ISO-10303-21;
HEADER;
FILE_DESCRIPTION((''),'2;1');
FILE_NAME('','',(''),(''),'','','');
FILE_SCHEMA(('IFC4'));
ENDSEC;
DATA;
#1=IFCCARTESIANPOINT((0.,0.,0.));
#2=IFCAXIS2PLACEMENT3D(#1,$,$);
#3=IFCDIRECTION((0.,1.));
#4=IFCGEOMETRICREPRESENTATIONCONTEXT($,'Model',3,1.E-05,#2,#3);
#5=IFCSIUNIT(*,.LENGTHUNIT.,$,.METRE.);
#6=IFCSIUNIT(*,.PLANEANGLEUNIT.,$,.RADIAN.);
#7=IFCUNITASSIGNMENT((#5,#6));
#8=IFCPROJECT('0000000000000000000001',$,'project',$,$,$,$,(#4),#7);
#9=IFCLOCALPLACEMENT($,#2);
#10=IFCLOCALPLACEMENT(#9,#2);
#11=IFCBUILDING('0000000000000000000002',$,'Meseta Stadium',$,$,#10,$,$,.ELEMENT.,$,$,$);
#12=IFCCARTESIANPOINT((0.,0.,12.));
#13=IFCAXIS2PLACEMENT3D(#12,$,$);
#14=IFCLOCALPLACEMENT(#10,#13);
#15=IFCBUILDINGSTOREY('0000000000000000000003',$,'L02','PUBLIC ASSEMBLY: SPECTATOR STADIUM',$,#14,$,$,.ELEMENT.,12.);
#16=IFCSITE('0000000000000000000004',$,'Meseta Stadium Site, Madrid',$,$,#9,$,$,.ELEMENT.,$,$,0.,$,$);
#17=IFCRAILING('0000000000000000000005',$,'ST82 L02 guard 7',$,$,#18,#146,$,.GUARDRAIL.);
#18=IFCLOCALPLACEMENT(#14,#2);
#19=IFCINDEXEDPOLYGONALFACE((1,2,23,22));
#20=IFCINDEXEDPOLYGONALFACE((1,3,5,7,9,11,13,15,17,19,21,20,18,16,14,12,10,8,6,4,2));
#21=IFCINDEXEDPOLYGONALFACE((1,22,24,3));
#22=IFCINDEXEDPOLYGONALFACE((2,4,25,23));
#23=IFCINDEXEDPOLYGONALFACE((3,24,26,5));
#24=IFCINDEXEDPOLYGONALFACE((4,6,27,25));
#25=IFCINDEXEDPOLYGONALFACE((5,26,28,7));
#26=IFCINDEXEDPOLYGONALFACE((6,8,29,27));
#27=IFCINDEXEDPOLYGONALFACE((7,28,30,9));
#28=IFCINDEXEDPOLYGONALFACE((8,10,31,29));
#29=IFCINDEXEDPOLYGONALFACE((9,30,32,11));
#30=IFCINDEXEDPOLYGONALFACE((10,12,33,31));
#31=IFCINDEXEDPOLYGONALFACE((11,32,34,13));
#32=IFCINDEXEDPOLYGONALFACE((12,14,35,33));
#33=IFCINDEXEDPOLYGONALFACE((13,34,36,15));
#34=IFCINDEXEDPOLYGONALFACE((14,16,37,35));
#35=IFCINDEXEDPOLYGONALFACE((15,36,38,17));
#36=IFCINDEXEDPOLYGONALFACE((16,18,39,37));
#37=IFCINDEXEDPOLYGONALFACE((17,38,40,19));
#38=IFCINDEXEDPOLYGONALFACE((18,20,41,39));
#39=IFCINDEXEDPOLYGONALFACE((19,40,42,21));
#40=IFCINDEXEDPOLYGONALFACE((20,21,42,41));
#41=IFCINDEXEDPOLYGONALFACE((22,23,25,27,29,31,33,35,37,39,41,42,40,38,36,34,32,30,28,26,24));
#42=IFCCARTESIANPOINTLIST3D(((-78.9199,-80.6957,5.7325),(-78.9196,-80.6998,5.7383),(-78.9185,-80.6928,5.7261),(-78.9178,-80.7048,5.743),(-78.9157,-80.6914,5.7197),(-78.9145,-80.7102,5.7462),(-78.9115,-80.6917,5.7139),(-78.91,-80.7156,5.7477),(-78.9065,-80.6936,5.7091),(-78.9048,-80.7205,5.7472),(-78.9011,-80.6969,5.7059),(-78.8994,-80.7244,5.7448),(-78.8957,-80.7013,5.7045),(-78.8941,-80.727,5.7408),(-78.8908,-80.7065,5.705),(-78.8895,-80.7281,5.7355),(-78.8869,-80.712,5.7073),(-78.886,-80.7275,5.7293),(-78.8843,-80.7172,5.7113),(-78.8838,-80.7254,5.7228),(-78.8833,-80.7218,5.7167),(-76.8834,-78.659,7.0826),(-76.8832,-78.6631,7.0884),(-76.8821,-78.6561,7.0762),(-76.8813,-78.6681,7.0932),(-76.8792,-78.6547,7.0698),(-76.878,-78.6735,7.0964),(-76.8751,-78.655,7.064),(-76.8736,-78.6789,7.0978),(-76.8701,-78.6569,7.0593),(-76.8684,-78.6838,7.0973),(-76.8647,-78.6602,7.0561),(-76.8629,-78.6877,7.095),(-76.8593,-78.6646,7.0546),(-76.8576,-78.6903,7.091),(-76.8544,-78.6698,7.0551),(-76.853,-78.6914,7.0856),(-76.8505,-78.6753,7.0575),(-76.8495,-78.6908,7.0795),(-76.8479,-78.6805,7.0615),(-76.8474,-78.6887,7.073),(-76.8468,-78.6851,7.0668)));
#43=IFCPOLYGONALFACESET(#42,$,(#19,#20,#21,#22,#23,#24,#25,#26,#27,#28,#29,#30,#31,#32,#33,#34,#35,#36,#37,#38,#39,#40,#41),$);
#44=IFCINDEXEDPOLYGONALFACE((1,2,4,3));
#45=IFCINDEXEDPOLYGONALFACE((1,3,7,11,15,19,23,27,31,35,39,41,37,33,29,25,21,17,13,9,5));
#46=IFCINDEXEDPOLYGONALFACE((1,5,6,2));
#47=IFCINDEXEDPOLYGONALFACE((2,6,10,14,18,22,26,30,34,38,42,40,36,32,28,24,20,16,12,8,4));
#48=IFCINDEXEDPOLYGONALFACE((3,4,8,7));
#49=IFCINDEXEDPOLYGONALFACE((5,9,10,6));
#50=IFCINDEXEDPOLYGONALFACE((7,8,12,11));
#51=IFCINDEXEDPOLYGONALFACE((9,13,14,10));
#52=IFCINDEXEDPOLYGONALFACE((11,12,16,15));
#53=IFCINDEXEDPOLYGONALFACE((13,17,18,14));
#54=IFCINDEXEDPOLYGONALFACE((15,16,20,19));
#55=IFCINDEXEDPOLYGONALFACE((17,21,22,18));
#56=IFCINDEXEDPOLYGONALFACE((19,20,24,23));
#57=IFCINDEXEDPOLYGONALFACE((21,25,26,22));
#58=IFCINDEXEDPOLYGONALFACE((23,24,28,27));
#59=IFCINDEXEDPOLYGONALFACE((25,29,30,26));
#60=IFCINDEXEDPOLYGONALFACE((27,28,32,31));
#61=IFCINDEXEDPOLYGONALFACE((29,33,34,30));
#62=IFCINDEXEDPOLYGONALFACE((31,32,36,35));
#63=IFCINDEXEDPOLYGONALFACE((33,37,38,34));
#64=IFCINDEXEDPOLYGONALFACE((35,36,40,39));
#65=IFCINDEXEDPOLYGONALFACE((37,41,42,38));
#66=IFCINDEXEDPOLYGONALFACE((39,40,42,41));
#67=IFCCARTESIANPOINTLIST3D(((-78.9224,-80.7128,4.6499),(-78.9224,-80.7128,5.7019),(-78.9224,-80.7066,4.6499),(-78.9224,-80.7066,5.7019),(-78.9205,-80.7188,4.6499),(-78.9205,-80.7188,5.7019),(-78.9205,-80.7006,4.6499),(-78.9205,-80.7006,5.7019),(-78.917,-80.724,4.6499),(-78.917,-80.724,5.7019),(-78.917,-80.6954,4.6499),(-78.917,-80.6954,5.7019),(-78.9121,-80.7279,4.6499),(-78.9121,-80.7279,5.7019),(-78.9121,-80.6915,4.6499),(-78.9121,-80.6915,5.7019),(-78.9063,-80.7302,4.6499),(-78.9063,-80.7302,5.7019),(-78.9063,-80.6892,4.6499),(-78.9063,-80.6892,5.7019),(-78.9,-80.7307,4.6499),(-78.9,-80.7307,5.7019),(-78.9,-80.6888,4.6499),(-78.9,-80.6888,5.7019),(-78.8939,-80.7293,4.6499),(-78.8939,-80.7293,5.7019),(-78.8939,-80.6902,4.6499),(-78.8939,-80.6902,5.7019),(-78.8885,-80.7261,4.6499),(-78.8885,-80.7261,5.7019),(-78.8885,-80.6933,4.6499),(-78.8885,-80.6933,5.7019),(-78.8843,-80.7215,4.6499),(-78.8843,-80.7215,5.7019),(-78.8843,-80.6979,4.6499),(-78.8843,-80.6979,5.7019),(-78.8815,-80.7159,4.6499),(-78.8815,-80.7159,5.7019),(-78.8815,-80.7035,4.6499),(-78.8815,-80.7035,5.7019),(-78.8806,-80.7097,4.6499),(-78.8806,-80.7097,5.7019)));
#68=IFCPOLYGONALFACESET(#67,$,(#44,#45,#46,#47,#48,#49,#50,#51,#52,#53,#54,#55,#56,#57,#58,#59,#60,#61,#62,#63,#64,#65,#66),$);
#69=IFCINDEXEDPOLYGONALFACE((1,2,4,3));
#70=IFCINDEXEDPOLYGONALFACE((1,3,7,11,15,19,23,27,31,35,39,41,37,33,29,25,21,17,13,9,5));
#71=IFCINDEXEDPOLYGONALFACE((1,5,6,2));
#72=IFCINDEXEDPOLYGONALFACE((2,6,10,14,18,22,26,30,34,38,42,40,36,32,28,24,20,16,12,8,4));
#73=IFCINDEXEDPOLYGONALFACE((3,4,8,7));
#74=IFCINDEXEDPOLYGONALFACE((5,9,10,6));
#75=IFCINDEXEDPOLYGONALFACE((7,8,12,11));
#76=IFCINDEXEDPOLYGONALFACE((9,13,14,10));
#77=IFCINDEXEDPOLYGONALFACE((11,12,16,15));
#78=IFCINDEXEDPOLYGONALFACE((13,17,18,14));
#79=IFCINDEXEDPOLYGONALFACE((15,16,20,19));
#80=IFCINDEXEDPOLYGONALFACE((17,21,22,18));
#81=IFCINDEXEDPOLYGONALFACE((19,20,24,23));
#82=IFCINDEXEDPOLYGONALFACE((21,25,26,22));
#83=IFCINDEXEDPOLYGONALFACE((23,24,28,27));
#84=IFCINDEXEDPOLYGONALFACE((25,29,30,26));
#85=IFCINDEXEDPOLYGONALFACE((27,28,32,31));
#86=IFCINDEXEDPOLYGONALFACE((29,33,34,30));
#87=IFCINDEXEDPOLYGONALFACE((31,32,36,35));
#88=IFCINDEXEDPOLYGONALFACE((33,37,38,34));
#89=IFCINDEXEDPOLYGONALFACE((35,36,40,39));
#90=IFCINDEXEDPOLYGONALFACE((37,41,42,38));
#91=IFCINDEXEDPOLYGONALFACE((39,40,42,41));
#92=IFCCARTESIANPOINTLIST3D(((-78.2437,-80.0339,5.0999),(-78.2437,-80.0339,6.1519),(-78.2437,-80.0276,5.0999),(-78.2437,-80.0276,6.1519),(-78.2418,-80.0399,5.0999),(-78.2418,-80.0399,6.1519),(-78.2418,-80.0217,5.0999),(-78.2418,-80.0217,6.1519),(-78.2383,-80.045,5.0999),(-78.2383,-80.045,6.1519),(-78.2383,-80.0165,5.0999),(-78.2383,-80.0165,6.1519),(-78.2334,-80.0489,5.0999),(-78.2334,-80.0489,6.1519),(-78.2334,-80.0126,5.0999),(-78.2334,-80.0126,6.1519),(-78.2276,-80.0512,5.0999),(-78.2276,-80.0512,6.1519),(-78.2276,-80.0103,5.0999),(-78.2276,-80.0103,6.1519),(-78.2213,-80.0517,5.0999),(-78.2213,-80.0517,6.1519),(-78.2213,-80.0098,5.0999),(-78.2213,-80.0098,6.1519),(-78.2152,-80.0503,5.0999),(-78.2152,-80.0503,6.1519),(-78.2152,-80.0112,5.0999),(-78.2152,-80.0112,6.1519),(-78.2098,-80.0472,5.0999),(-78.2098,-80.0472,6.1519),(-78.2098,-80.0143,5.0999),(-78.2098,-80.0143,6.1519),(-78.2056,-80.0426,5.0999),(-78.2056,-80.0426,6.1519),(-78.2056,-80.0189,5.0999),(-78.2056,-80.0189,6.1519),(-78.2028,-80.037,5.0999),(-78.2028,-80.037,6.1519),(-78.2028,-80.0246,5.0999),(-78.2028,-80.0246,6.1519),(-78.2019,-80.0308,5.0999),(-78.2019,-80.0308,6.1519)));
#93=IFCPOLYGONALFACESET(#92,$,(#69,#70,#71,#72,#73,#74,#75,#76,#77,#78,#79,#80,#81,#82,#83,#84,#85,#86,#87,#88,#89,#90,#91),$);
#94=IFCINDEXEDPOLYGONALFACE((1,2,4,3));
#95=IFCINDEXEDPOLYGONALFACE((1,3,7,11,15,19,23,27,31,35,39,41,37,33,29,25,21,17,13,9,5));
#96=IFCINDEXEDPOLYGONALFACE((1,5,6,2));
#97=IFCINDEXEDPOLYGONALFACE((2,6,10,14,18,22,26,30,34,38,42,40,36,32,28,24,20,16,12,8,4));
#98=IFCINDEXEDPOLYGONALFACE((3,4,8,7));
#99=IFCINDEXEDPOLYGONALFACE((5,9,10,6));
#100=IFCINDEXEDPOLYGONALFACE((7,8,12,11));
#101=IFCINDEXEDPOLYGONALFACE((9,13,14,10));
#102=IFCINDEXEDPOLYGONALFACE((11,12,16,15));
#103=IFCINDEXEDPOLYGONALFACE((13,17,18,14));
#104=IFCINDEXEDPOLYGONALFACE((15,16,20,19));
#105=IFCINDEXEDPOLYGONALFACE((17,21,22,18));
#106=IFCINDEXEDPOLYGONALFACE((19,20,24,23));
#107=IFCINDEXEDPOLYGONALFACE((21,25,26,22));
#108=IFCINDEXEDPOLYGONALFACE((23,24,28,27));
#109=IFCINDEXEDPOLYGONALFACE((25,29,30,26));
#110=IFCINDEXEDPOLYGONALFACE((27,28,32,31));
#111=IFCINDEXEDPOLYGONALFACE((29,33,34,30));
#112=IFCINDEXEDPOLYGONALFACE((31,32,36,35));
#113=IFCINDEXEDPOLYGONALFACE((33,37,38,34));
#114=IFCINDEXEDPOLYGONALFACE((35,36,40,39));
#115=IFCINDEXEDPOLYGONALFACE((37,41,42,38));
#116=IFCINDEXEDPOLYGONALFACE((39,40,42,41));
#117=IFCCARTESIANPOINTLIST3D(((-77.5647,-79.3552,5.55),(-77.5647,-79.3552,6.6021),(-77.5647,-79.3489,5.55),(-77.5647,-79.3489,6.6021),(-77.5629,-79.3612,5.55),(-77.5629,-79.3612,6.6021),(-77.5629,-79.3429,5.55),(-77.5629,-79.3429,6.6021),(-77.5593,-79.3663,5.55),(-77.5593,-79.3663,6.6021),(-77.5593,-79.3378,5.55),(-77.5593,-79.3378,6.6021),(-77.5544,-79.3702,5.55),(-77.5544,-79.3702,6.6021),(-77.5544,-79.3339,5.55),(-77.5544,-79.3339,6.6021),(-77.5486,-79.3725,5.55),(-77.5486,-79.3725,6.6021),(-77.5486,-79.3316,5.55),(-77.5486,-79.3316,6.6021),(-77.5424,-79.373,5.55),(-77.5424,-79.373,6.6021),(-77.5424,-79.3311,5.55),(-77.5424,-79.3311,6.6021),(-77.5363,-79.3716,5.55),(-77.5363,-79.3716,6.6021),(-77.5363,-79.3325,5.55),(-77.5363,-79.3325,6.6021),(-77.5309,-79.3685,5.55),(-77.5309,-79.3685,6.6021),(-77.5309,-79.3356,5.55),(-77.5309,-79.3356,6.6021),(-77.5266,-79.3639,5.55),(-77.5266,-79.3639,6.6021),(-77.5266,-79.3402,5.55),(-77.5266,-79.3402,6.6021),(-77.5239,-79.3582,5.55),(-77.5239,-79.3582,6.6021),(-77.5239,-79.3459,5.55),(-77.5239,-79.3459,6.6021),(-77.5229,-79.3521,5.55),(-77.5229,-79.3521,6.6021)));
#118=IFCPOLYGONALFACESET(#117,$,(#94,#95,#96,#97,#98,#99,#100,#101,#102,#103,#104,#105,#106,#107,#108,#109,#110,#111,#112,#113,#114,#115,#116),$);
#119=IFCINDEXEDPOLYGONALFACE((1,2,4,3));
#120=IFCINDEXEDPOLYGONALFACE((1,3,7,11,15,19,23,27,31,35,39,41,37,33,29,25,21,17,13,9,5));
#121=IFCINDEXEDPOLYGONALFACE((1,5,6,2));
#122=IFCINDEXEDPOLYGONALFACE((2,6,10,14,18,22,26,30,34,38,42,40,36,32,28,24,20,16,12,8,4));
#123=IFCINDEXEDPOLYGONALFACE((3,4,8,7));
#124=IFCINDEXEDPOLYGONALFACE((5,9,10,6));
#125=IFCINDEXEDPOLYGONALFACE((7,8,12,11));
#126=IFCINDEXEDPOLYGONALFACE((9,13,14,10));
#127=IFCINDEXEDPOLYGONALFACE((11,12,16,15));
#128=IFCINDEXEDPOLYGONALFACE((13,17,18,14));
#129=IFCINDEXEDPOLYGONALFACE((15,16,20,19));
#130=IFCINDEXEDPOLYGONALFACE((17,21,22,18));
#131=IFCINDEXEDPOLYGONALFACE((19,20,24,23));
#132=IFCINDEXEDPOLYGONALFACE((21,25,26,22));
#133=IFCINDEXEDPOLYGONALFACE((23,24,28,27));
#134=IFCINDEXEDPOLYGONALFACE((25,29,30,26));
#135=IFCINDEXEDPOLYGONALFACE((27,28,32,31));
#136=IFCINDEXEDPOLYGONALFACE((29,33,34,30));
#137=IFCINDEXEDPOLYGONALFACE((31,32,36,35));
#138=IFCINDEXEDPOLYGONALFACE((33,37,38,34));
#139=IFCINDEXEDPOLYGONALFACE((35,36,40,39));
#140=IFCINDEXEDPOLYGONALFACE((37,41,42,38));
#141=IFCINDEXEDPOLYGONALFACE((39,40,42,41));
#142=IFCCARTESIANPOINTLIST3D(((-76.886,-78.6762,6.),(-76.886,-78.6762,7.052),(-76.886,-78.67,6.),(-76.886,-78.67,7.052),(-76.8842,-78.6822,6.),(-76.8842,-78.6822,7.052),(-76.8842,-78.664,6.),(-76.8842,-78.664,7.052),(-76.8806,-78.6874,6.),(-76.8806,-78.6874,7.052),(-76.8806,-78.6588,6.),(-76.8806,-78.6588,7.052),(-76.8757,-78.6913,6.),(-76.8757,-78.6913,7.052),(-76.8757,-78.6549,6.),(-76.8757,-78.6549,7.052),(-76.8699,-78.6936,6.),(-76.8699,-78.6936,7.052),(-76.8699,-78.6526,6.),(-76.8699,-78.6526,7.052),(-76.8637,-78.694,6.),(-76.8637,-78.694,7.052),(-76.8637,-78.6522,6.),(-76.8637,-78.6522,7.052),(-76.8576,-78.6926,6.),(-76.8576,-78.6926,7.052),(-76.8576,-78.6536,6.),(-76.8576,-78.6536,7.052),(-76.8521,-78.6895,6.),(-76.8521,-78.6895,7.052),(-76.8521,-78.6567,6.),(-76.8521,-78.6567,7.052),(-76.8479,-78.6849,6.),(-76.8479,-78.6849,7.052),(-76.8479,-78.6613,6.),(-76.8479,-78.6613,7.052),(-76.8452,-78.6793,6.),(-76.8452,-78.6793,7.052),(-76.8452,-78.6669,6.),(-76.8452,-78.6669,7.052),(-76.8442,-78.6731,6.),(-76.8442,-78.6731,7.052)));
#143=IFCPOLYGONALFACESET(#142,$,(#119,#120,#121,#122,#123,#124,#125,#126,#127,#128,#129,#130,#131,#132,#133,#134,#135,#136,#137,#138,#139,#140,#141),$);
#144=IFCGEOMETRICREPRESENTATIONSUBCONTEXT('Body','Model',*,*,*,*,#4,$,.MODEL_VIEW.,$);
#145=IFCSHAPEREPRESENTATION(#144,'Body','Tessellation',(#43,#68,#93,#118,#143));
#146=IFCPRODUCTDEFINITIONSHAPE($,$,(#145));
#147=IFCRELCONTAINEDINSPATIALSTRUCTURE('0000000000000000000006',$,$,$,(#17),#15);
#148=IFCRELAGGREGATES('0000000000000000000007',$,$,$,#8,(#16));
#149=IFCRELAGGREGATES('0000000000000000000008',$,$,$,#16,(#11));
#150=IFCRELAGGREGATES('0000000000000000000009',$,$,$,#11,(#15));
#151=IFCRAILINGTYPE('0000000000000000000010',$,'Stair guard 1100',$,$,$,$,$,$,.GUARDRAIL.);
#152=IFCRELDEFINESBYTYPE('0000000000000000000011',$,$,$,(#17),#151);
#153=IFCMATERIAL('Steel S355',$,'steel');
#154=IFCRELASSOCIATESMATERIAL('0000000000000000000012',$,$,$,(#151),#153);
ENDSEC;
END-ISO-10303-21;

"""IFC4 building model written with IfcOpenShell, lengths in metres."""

from ifc_helpers import new_model, si_unit, direction, frame, origin, origin_2d, place, context, subcontext, project, spatial, circle, extrude, material, type_object, element, save


model = new_model("IFC4")

# Units and contexts
model_context = context("Model", 3, precision=1e-05, world=origin(), true_north=direction((0.0, 1.0)))
body_context = subcontext(model_context, "Body", "Model", "MODEL_VIEW")
ifc_project = project(units=[si_unit("LENGTHUNIT", "METRE"), si_unit("PLANEANGLEUNIT", "RADIAN")], contexts=[model_context])

# Site, building, storey
site_placement = place(None, origin())
site = spatial("IfcSite", under=ifc_project, at=site_placement, Name="Meseta Stadium Site, Madrid", CompositionType="ELEMENT", RefElevation=0.0)
building_placement = place(site_placement, origin())
building = spatial("IfcBuilding", under=site, at=building_placement, Name="Meseta Stadium", CompositionType="ELEMENT")
storey_placement = place(building_placement, frame((0.0, 0.0, 12.0)))
storey = spatial("IfcBuildingStorey", under=building, at=storey_placement, Name="L02", Description="PUBLIC ASSEMBLY: SPECTATOR STADIUM", CompositionType="ELEMENT", Elevation=12.0)

# Railing
ifc_material_1 = material(Name="Steel S355", Category="steel")
railing_type_1 = type_object("IfcRailingType", Name="Stair guard 1100", PredefinedType="GUARDRAIL", material=ifc_material_1)
railing_1_placement = place(storey_placement, frame((-78.9016, -80.7097, 4.6499)))
element("IfcRailing", 1, at=railing_1_placement, inside=storey, type_object=railing_type_1, Name="ST82 L02 guard 7", PredefinedType="GUARDRAIL", context=body_context, shape_type="SweptSolid", body=[
    extrude(circle(Radius=0.0239, at=origin_2d()), frame((0.0, 0.0, 1.0762), z_axis=(0.640211, 0.640288, 0.424454), x_axis=(-0.707149, 0.707064, 0.0)), (0.0, 0.0, 1.0), 3.1809),
    extrude(circle(Radius=0.021, at=origin_2d()), origin(), (0.0, 0.0, 1.0), 1.052),
    extrude(circle(Radius=0.021, at=origin_2d()), frame((0.6787, 0.679, 0.45)), (0.0, 0.0, 1.0), 1.052),
    extrude(circle(Radius=0.021, at=origin_2d()), frame((1.3577, 1.3577, 0.9001)), (0.0, 0.0, 1.0), 1.052),
    extrude(circle(Radius=0.021, at=origin_2d()), frame((2.0364, 2.0366, 1.3501)), (0.0, 0.0, 1.0), 1.052),
])

save(model, "model.ifc")
